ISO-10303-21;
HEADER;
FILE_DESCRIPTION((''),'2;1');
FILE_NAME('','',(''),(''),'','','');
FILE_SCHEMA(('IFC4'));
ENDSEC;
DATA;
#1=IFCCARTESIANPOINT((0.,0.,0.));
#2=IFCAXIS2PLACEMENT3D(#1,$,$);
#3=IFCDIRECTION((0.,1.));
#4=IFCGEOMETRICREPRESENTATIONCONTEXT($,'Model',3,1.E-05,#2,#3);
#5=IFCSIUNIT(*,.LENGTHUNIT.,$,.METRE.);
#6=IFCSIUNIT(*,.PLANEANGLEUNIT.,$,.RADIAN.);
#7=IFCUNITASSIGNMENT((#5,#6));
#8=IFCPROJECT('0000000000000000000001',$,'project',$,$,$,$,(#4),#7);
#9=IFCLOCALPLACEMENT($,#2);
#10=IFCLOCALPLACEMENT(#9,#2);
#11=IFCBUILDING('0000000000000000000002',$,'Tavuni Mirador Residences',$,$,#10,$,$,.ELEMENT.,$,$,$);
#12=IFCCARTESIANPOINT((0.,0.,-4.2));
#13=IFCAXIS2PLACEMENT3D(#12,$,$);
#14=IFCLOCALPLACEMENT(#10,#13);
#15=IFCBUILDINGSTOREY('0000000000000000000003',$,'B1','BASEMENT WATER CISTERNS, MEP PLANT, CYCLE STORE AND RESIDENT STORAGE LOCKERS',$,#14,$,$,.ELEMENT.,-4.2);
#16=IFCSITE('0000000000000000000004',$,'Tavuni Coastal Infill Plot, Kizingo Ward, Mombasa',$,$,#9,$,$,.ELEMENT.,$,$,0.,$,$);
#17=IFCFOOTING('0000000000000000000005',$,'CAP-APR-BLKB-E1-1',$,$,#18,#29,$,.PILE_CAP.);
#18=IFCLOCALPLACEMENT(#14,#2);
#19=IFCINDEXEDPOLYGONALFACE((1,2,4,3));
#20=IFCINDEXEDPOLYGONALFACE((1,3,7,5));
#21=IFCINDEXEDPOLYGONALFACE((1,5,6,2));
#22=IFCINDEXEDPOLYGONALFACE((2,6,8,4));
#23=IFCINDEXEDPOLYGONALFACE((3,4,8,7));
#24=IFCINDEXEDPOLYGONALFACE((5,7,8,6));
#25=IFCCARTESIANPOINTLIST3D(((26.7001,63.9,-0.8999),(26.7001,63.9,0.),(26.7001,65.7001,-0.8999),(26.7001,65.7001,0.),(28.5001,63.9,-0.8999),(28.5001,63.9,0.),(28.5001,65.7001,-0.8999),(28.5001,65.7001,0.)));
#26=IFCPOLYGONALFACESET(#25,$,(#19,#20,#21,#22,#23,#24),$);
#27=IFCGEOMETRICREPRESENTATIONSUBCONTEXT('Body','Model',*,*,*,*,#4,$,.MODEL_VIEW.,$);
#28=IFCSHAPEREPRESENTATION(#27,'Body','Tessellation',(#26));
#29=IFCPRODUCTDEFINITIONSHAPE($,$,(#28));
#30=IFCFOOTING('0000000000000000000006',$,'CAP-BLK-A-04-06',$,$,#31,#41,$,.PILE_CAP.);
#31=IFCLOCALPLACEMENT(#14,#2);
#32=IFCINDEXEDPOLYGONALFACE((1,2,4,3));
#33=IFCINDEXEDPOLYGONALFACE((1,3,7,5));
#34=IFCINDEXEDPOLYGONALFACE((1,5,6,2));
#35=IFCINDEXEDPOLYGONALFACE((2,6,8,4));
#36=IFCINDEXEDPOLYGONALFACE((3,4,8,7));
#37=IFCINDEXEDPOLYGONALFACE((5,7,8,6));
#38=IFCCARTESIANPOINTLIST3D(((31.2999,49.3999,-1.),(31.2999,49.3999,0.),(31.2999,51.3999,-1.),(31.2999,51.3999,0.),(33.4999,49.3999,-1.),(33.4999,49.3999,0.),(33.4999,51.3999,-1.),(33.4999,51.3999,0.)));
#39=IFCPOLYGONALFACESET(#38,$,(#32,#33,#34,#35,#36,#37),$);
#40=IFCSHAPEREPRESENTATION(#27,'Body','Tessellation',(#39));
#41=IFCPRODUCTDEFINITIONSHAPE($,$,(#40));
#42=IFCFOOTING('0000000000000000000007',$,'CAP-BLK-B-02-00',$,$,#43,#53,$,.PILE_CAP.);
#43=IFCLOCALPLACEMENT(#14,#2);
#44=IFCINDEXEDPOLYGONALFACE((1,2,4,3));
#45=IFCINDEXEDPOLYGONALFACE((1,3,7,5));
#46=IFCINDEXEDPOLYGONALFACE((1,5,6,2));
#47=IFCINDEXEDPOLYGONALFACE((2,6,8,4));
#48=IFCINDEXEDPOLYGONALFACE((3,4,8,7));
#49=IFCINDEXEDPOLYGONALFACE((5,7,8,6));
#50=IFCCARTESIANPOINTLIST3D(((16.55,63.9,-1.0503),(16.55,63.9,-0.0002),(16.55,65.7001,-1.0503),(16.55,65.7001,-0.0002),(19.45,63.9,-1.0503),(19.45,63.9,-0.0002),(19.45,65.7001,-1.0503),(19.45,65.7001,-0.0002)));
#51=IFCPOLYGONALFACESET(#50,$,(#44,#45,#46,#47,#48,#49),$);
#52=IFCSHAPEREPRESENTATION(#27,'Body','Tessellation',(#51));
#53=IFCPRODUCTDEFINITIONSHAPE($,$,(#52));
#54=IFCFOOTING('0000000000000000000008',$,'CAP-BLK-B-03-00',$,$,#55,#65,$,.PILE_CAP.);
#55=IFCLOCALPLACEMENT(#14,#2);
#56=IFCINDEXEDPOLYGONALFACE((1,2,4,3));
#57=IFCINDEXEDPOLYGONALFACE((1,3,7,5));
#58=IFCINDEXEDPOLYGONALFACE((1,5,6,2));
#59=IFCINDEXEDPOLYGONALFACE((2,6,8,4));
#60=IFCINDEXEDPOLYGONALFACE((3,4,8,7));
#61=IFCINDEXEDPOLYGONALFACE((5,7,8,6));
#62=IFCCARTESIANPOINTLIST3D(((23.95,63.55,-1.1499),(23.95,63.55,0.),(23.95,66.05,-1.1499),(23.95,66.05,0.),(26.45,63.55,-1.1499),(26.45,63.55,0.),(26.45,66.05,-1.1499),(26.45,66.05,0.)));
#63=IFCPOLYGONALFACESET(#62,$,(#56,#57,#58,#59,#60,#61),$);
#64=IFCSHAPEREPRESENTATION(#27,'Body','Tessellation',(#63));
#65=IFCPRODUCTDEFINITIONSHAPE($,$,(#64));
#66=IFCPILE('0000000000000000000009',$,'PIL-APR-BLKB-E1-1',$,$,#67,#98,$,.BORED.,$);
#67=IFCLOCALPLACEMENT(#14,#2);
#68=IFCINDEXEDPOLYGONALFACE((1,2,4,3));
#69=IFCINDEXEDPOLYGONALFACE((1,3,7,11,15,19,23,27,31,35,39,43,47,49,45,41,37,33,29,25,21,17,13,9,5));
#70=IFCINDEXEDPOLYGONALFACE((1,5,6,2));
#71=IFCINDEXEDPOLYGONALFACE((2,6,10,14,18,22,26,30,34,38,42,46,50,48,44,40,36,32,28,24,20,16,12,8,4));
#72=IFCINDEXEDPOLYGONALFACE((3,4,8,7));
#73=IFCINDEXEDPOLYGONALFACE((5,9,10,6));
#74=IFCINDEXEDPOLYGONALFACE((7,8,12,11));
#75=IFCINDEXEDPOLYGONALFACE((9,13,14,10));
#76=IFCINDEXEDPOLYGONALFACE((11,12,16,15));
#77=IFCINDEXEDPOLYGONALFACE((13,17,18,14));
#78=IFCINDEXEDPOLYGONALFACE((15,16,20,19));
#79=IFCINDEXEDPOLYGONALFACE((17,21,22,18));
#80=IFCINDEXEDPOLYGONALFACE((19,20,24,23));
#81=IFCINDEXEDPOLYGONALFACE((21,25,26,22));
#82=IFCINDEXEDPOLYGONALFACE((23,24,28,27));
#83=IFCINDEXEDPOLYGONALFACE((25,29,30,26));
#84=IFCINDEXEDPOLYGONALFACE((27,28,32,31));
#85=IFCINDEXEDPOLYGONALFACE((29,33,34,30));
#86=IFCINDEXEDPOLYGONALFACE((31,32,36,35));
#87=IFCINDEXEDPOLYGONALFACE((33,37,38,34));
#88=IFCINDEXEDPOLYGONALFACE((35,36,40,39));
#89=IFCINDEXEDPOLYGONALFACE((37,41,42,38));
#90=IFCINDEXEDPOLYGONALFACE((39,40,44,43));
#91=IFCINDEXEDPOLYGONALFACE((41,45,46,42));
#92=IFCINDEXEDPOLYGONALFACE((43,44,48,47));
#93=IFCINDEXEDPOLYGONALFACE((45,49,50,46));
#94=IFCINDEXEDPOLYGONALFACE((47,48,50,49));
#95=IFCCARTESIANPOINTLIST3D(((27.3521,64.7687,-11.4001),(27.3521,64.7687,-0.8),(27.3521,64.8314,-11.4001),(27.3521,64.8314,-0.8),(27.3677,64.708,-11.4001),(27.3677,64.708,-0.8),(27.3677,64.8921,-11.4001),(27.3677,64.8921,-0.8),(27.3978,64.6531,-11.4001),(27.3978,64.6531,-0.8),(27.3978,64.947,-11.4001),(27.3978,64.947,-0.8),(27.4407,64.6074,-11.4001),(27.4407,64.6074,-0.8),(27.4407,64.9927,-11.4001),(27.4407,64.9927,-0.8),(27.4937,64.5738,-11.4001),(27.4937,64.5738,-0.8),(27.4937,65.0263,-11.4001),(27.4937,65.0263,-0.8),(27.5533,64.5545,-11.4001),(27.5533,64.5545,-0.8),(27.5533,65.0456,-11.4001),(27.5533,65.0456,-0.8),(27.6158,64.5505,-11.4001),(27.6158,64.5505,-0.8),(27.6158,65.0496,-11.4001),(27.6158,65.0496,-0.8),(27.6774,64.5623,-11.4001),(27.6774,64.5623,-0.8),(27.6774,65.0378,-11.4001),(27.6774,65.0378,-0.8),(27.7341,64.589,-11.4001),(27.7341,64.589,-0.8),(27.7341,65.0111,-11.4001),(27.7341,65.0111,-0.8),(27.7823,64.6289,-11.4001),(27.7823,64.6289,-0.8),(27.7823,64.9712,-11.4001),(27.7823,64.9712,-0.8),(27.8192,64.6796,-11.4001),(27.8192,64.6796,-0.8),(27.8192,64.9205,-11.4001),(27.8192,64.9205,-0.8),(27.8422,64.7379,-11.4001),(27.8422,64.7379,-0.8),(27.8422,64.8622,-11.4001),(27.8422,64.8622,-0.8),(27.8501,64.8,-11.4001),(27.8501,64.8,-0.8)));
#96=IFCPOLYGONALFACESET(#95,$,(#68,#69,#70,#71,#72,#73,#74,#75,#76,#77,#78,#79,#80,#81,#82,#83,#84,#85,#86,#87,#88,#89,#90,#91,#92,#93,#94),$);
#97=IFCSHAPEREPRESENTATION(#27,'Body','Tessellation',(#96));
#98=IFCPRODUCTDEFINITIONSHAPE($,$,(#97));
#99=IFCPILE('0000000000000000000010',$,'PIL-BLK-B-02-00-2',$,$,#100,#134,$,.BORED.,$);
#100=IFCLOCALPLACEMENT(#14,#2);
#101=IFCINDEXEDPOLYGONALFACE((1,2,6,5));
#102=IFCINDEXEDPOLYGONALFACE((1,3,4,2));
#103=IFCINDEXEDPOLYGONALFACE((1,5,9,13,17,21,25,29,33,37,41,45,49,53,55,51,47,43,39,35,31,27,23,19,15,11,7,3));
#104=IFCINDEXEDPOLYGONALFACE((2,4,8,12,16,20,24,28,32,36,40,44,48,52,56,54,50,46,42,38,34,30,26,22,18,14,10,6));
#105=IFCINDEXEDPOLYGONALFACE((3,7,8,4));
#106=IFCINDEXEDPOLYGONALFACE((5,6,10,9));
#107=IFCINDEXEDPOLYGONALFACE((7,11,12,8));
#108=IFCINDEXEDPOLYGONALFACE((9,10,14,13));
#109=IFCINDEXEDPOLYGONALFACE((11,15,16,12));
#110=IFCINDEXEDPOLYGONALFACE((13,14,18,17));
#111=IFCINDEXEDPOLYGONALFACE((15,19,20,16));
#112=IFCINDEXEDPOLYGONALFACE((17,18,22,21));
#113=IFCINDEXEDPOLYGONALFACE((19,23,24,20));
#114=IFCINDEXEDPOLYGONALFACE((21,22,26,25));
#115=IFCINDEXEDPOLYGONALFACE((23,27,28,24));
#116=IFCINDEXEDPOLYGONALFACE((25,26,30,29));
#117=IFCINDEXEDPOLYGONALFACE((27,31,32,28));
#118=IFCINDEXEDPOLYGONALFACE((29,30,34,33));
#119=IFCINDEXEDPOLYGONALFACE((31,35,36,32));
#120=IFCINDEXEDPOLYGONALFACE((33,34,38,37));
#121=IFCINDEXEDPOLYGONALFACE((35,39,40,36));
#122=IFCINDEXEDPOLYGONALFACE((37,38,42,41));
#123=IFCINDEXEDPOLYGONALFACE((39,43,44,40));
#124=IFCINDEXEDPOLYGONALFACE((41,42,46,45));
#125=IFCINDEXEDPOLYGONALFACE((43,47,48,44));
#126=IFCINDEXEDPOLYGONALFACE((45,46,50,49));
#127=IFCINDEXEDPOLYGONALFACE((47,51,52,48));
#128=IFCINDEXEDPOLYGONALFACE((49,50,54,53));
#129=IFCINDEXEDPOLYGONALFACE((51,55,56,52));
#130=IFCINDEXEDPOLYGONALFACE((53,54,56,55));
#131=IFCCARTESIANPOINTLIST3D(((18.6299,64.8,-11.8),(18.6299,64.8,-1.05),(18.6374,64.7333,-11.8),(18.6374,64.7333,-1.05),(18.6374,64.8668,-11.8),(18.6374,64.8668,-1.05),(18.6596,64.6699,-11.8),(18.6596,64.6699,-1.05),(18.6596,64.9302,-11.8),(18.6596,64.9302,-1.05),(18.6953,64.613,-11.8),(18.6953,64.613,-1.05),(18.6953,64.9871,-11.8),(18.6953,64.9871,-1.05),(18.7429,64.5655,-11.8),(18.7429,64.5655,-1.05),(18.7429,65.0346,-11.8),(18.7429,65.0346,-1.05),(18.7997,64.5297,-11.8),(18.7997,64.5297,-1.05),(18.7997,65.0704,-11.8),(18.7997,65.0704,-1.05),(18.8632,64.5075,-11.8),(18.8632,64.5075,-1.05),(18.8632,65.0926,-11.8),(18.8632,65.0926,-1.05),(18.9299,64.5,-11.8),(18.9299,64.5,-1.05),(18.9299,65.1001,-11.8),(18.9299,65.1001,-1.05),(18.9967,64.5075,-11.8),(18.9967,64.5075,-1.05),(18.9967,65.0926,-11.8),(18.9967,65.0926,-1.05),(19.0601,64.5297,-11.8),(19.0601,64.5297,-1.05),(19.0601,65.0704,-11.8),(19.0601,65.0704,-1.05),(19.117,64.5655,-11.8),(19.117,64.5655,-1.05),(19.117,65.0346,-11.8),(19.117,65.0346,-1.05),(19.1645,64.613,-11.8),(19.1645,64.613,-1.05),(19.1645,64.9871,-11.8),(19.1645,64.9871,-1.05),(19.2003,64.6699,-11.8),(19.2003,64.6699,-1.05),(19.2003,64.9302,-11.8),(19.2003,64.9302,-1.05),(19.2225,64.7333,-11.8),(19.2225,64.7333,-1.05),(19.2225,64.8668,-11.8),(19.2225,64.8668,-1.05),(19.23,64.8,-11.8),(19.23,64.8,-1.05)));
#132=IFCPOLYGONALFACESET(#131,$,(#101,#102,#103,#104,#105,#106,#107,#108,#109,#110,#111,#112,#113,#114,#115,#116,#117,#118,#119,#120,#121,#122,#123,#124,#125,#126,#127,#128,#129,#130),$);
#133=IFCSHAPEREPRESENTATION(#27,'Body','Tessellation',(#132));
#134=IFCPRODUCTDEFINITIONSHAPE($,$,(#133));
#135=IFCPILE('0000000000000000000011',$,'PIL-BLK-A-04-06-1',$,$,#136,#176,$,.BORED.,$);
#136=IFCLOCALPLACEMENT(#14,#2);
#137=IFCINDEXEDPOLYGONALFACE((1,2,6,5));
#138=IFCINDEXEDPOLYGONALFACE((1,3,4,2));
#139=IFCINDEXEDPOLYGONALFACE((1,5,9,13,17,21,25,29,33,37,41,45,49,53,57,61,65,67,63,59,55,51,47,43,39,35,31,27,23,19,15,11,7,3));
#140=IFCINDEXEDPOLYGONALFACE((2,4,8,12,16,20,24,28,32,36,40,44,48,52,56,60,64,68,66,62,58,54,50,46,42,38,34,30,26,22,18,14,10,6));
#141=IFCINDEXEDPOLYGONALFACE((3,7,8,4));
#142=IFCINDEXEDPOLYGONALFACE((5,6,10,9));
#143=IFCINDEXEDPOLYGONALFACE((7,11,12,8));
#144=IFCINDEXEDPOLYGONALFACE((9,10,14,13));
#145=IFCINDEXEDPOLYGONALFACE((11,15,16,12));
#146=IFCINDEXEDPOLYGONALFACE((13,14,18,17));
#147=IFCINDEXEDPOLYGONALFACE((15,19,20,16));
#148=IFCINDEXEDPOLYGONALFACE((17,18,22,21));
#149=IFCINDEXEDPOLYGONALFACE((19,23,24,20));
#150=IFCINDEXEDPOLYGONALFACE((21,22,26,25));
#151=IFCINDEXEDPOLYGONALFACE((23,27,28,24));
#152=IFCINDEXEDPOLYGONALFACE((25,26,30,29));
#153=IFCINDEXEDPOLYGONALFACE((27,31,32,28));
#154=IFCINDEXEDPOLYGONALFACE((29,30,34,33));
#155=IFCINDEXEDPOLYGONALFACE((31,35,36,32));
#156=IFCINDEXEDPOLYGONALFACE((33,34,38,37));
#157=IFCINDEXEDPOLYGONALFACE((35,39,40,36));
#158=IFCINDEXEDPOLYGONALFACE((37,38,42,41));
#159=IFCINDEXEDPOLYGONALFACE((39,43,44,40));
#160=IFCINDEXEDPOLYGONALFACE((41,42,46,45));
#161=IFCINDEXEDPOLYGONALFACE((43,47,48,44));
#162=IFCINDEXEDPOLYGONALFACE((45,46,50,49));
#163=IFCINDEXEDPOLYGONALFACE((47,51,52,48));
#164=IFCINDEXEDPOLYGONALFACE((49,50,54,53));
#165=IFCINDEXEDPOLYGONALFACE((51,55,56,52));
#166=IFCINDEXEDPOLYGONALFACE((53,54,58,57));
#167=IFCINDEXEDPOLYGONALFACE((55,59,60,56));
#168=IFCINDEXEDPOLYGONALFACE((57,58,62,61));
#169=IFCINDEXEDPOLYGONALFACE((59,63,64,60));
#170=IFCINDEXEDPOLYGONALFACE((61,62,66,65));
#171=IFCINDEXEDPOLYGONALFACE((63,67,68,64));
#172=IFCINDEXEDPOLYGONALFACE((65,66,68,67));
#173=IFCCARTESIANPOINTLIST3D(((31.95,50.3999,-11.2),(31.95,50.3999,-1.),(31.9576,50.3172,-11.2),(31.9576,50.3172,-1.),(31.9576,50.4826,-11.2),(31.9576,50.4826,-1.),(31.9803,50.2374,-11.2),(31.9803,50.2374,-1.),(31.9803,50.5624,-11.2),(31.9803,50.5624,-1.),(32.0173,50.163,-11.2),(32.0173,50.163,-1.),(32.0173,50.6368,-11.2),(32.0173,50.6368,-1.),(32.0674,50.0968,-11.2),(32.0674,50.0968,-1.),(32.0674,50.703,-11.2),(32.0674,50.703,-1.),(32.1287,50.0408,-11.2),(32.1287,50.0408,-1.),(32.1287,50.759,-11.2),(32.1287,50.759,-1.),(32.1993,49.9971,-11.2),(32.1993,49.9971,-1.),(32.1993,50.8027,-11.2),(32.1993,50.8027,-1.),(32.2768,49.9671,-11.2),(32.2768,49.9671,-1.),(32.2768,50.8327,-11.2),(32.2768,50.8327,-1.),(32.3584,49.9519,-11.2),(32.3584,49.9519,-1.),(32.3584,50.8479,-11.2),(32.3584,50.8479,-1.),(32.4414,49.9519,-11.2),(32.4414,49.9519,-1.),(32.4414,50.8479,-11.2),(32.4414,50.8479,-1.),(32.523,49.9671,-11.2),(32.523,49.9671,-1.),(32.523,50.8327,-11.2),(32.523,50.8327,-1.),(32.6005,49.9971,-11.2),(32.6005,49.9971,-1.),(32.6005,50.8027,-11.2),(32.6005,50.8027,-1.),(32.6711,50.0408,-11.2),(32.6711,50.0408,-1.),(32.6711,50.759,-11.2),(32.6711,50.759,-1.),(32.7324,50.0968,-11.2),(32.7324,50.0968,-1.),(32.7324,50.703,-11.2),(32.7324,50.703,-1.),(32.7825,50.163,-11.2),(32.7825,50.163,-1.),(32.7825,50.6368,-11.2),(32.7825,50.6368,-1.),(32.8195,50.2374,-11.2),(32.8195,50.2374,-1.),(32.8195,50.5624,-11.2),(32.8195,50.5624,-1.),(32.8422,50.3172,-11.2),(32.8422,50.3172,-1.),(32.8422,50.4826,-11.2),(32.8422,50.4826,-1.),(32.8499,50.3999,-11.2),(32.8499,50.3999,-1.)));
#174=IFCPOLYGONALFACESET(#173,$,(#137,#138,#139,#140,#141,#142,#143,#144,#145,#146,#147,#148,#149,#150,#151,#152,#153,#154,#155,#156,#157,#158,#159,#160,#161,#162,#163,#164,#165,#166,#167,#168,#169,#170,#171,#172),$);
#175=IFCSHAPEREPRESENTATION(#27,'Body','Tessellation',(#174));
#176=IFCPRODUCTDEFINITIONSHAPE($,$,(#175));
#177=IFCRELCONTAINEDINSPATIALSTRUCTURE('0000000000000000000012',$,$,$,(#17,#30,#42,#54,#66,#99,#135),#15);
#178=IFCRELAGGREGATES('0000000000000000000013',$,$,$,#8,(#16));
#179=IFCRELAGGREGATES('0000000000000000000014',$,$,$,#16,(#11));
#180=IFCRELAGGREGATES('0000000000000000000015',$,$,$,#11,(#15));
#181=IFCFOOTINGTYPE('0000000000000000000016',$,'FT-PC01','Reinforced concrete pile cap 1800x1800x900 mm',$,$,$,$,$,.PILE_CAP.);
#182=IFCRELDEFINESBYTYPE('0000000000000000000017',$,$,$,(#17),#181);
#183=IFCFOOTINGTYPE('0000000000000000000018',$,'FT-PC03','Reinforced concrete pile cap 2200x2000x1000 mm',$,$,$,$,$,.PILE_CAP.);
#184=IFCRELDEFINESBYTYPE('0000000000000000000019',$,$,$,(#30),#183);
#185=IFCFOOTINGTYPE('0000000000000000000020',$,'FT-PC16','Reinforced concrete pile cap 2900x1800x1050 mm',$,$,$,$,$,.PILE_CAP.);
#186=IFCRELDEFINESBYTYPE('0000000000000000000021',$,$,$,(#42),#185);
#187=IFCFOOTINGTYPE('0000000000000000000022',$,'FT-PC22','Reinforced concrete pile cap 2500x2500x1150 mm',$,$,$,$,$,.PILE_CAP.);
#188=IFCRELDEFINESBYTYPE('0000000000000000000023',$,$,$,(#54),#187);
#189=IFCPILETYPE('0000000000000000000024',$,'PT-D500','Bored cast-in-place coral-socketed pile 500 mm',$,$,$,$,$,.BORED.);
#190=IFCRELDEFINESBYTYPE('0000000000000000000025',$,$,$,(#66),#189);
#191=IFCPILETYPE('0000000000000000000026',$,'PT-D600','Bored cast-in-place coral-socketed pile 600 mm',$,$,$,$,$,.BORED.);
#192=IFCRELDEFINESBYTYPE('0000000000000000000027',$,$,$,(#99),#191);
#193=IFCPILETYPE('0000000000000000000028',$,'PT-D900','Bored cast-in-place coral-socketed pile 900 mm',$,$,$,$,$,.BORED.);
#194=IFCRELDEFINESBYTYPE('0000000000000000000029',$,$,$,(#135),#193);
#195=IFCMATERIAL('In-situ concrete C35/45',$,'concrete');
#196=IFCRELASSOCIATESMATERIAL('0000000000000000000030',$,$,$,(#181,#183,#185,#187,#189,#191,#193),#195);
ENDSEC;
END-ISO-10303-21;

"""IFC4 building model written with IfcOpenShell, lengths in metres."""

from ifc_helpers import new_model, si_unit, direction, frame, origin, origin_2d, place, context, subcontext, project, spatial, rectangle, circle, extrude, material, material_profile, profile_set, type_object, element, save


model = new_model("IFC4")

# Units and contexts
model_context = context("Model", 3, precision=1e-05, world=origin(), true_north=direction((0.0, 1.0)))
body_context = subcontext(model_context, "Body", "Model", "MODEL_VIEW")
ifc_project = project(units=[si_unit("LENGTHUNIT", "METRE"), si_unit("PLANEANGLEUNIT", "RADIAN")], contexts=[model_context])

# Site, building, storey
site_placement = place(None, origin())
site = spatial("IfcSite", under=ifc_project, at=site_placement, Name="Tavuni Coastal Infill Plot, Kizingo Ward, Mombasa", CompositionType="ELEMENT", RefElevation=0.0)
building_placement = place(site_placement, origin())
building = spatial("IfcBuilding", under=site, at=building_placement, Name="Tavuni Mirador Residences", CompositionType="ELEMENT")
storey_placement = place(building_placement, frame((0.0, 0.0, -4.2)))
storey = spatial("IfcBuildingStorey", under=building, at=storey_placement, Name="B1", Description="BASEMENT WATER CISTERNS, MEP PLANT, CYCLE STORE AND RESIDENT STORAGE LOCKERS", CompositionType="ELEMENT", Elevation=-4.2)

# Footings
ifc_material_1 = material(Name="In-situ concrete C35/45", Category="concrete")
footing_type_1 = type_object("IfcFootingType", Name="FT-PC01", Description="Reinforced concrete pile cap 1800x1800x900 mm", PredefinedType="PILE_CAP", material=ifc_material_1)
footing_1_placement = place(storey_placement, frame((27.6001, 64.8, -0.8999), z_axis=(0.0, 0.0, 1.0), x_axis=(1.0, 0.0, 0.0)))
element("IfcFooting", 1, at=footing_1_placement, inside=storey, type_object=footing_type_1, Name="CAP-APR-BLKB-E1-1", PredefinedType="PILE_CAP", context=body_context, shape_type="SweptSolid", body=[
    extrude(rectangle(XDim=1.8, YDim=1.8, at=origin_2d()), origin(), (0.0, 0.0, 1.0), 0.8999),
])
footing_type_2 = type_object("IfcFootingType", Name="FT-PC03", Description="Reinforced concrete pile cap 2200x2000x1000 mm", PredefinedType="PILE_CAP", material=ifc_material_1)
footing_2_placement = place(storey_placement, frame((32.3999, 50.3999, -1.0), z_axis=(0.0, 0.0, 1.0), x_axis=(1.0, 0.0, 0.0)))
element("IfcFooting", 2, at=footing_2_placement, inside=storey, type_object=footing_type_2, Name="CAP-BLK-A-04-06", PredefinedType="PILE_CAP", context=body_context, shape_type="SweptSolid", body=[
    extrude(rectangle(XDim=2.2, YDim=2.0, at=origin_2d()), origin(), (0.0, 0.0, 1.0), 1.0),
])
footing_type_3 = type_object("IfcFootingType", Name="FT-PC16", Description="Reinforced concrete pile cap 2900x1800x1050 mm", PredefinedType="PILE_CAP", material=ifc_material_1)
footing_3_placement = place(storey_placement, frame((18.0, 64.8, -1.0503), z_axis=(0.0, 0.0, 1.0), x_axis=(1.0, 0.0, 0.0)))
element("IfcFooting", 3, at=footing_3_placement, inside=storey, type_object=footing_type_3, Name="CAP-BLK-B-02-00", PredefinedType="PILE_CAP", context=body_context, shape_type="SweptSolid", body=[
    extrude(rectangle(XDim=2.8999, YDim=1.8, at=origin_2d()), origin(), (0.0, 0.0, 1.0), 1.05),
])
footing_type_4 = type_object("IfcFootingType", Name="FT-PC22", Description="Reinforced concrete pile cap 2500x2500x1150 mm", PredefinedType="PILE_CAP", material=ifc_material_1)
footing_4_placement = place(storey_placement, frame((25.2, 64.8, -1.1499), z_axis=(0.0, 0.0, 1.0), x_axis=(1.0, 0.0, 0.0)))
element("IfcFooting", 4, at=footing_4_placement, inside=storey, type_object=footing_type_4, Name="CAP-BLK-B-03-00", PredefinedType="PILE_CAP", context=body_context, shape_type="SweptSolid", body=[
    extrude(rectangle(XDim=2.5, YDim=2.5, at=origin_2d()), origin(), (0.0, 0.0, 1.0), 1.1499),
])

# Piles
ifc_material_profile_1 = material_profile(ifc_material_1, circle(Radius=0.25, at=origin_2d()), Name="PILE D500", Category="concrete")
ifc_profile_set_1 = profile_set([ifc_material_profile_1], Name="In-situ concrete C35/45")
pile_type_1 = type_object("IfcPileType", Name="PT-D500", Description="Bored cast-in-place coral-socketed pile 500 mm", PredefinedType="BORED", material=ifc_profile_set_1)
pile_1_placement = place(storey_placement, frame((27.6001, 64.8, -0.8), z_axis=(0.0, 0.0, -1.0), x_axis=(1.0, 0.0, 0.0)))
element("IfcPile", 5, at=pile_1_placement, inside=storey, type_object=pile_type_1, Name="PIL-APR-BLKB-E1-1", PredefinedType="BORED", context=body_context, shape_type="SweptSolid", body=[
    extrude(circle(Radius=0.25, at=origin_2d()), origin(), (0.0, 0.0, 1.0), 10.6001),
])
ifc_material_profile_2 = material_profile(ifc_material_1, circle(Radius=0.3, at=origin_2d()), Name="PILE D600", Category="concrete")
ifc_profile_set_2 = profile_set([ifc_material_profile_2], Name="In-situ concrete C35/45")
pile_type_2 = type_object("IfcPileType", Name="PT-D600", Description="Bored cast-in-place coral-socketed pile 600 mm", PredefinedType="BORED", material=ifc_profile_set_2)
pile_2_placement = place(storey_placement, frame((18.9299, 64.8, -1.05), z_axis=(0.0, 0.0, -1.0), x_axis=(1.0, 0.0, 0.0)))
element("IfcPile", 6, at=pile_2_placement, inside=storey, type_object=pile_type_2, Name="PIL-BLK-B-02-00-2", PredefinedType="BORED", context=body_context, shape_type="SweptSolid", body=[
    extrude(circle(Radius=0.3, at=origin_2d()), origin(), (0.0, 0.0, 1.0), 10.75),
])
ifc_material_profile_3 = material_profile(ifc_material_1, circle(Radius=0.45, at=origin_2d()), Name="PILE D900", Category="concrete")
ifc_profile_set_3 = profile_set([ifc_material_profile_3], Name="In-situ concrete C35/45")
pile_type_3 = type_object("IfcPileType", Name="PT-D900", Description="Bored cast-in-place coral-socketed pile 900 mm", PredefinedType="BORED", material=ifc_profile_set_3)
pile_3_placement = place(storey_placement, frame((32.3999, 50.3999, -1.0), z_axis=(0.0, 0.0, -1.0), x_axis=(1.0, 0.0, 0.0)))
element("IfcPile", 7, at=pile_3_placement, inside=storey, type_object=pile_type_3, Name="PIL-BLK-A-04-06-1", PredefinedType="BORED", context=body_context, shape_type="SweptSolid", body=[
    extrude(circle(Radius=0.45, at=origin_2d()), origin(), (0.0, 0.0, 1.0), 10.2),
])

save(model, "model.ifc")
